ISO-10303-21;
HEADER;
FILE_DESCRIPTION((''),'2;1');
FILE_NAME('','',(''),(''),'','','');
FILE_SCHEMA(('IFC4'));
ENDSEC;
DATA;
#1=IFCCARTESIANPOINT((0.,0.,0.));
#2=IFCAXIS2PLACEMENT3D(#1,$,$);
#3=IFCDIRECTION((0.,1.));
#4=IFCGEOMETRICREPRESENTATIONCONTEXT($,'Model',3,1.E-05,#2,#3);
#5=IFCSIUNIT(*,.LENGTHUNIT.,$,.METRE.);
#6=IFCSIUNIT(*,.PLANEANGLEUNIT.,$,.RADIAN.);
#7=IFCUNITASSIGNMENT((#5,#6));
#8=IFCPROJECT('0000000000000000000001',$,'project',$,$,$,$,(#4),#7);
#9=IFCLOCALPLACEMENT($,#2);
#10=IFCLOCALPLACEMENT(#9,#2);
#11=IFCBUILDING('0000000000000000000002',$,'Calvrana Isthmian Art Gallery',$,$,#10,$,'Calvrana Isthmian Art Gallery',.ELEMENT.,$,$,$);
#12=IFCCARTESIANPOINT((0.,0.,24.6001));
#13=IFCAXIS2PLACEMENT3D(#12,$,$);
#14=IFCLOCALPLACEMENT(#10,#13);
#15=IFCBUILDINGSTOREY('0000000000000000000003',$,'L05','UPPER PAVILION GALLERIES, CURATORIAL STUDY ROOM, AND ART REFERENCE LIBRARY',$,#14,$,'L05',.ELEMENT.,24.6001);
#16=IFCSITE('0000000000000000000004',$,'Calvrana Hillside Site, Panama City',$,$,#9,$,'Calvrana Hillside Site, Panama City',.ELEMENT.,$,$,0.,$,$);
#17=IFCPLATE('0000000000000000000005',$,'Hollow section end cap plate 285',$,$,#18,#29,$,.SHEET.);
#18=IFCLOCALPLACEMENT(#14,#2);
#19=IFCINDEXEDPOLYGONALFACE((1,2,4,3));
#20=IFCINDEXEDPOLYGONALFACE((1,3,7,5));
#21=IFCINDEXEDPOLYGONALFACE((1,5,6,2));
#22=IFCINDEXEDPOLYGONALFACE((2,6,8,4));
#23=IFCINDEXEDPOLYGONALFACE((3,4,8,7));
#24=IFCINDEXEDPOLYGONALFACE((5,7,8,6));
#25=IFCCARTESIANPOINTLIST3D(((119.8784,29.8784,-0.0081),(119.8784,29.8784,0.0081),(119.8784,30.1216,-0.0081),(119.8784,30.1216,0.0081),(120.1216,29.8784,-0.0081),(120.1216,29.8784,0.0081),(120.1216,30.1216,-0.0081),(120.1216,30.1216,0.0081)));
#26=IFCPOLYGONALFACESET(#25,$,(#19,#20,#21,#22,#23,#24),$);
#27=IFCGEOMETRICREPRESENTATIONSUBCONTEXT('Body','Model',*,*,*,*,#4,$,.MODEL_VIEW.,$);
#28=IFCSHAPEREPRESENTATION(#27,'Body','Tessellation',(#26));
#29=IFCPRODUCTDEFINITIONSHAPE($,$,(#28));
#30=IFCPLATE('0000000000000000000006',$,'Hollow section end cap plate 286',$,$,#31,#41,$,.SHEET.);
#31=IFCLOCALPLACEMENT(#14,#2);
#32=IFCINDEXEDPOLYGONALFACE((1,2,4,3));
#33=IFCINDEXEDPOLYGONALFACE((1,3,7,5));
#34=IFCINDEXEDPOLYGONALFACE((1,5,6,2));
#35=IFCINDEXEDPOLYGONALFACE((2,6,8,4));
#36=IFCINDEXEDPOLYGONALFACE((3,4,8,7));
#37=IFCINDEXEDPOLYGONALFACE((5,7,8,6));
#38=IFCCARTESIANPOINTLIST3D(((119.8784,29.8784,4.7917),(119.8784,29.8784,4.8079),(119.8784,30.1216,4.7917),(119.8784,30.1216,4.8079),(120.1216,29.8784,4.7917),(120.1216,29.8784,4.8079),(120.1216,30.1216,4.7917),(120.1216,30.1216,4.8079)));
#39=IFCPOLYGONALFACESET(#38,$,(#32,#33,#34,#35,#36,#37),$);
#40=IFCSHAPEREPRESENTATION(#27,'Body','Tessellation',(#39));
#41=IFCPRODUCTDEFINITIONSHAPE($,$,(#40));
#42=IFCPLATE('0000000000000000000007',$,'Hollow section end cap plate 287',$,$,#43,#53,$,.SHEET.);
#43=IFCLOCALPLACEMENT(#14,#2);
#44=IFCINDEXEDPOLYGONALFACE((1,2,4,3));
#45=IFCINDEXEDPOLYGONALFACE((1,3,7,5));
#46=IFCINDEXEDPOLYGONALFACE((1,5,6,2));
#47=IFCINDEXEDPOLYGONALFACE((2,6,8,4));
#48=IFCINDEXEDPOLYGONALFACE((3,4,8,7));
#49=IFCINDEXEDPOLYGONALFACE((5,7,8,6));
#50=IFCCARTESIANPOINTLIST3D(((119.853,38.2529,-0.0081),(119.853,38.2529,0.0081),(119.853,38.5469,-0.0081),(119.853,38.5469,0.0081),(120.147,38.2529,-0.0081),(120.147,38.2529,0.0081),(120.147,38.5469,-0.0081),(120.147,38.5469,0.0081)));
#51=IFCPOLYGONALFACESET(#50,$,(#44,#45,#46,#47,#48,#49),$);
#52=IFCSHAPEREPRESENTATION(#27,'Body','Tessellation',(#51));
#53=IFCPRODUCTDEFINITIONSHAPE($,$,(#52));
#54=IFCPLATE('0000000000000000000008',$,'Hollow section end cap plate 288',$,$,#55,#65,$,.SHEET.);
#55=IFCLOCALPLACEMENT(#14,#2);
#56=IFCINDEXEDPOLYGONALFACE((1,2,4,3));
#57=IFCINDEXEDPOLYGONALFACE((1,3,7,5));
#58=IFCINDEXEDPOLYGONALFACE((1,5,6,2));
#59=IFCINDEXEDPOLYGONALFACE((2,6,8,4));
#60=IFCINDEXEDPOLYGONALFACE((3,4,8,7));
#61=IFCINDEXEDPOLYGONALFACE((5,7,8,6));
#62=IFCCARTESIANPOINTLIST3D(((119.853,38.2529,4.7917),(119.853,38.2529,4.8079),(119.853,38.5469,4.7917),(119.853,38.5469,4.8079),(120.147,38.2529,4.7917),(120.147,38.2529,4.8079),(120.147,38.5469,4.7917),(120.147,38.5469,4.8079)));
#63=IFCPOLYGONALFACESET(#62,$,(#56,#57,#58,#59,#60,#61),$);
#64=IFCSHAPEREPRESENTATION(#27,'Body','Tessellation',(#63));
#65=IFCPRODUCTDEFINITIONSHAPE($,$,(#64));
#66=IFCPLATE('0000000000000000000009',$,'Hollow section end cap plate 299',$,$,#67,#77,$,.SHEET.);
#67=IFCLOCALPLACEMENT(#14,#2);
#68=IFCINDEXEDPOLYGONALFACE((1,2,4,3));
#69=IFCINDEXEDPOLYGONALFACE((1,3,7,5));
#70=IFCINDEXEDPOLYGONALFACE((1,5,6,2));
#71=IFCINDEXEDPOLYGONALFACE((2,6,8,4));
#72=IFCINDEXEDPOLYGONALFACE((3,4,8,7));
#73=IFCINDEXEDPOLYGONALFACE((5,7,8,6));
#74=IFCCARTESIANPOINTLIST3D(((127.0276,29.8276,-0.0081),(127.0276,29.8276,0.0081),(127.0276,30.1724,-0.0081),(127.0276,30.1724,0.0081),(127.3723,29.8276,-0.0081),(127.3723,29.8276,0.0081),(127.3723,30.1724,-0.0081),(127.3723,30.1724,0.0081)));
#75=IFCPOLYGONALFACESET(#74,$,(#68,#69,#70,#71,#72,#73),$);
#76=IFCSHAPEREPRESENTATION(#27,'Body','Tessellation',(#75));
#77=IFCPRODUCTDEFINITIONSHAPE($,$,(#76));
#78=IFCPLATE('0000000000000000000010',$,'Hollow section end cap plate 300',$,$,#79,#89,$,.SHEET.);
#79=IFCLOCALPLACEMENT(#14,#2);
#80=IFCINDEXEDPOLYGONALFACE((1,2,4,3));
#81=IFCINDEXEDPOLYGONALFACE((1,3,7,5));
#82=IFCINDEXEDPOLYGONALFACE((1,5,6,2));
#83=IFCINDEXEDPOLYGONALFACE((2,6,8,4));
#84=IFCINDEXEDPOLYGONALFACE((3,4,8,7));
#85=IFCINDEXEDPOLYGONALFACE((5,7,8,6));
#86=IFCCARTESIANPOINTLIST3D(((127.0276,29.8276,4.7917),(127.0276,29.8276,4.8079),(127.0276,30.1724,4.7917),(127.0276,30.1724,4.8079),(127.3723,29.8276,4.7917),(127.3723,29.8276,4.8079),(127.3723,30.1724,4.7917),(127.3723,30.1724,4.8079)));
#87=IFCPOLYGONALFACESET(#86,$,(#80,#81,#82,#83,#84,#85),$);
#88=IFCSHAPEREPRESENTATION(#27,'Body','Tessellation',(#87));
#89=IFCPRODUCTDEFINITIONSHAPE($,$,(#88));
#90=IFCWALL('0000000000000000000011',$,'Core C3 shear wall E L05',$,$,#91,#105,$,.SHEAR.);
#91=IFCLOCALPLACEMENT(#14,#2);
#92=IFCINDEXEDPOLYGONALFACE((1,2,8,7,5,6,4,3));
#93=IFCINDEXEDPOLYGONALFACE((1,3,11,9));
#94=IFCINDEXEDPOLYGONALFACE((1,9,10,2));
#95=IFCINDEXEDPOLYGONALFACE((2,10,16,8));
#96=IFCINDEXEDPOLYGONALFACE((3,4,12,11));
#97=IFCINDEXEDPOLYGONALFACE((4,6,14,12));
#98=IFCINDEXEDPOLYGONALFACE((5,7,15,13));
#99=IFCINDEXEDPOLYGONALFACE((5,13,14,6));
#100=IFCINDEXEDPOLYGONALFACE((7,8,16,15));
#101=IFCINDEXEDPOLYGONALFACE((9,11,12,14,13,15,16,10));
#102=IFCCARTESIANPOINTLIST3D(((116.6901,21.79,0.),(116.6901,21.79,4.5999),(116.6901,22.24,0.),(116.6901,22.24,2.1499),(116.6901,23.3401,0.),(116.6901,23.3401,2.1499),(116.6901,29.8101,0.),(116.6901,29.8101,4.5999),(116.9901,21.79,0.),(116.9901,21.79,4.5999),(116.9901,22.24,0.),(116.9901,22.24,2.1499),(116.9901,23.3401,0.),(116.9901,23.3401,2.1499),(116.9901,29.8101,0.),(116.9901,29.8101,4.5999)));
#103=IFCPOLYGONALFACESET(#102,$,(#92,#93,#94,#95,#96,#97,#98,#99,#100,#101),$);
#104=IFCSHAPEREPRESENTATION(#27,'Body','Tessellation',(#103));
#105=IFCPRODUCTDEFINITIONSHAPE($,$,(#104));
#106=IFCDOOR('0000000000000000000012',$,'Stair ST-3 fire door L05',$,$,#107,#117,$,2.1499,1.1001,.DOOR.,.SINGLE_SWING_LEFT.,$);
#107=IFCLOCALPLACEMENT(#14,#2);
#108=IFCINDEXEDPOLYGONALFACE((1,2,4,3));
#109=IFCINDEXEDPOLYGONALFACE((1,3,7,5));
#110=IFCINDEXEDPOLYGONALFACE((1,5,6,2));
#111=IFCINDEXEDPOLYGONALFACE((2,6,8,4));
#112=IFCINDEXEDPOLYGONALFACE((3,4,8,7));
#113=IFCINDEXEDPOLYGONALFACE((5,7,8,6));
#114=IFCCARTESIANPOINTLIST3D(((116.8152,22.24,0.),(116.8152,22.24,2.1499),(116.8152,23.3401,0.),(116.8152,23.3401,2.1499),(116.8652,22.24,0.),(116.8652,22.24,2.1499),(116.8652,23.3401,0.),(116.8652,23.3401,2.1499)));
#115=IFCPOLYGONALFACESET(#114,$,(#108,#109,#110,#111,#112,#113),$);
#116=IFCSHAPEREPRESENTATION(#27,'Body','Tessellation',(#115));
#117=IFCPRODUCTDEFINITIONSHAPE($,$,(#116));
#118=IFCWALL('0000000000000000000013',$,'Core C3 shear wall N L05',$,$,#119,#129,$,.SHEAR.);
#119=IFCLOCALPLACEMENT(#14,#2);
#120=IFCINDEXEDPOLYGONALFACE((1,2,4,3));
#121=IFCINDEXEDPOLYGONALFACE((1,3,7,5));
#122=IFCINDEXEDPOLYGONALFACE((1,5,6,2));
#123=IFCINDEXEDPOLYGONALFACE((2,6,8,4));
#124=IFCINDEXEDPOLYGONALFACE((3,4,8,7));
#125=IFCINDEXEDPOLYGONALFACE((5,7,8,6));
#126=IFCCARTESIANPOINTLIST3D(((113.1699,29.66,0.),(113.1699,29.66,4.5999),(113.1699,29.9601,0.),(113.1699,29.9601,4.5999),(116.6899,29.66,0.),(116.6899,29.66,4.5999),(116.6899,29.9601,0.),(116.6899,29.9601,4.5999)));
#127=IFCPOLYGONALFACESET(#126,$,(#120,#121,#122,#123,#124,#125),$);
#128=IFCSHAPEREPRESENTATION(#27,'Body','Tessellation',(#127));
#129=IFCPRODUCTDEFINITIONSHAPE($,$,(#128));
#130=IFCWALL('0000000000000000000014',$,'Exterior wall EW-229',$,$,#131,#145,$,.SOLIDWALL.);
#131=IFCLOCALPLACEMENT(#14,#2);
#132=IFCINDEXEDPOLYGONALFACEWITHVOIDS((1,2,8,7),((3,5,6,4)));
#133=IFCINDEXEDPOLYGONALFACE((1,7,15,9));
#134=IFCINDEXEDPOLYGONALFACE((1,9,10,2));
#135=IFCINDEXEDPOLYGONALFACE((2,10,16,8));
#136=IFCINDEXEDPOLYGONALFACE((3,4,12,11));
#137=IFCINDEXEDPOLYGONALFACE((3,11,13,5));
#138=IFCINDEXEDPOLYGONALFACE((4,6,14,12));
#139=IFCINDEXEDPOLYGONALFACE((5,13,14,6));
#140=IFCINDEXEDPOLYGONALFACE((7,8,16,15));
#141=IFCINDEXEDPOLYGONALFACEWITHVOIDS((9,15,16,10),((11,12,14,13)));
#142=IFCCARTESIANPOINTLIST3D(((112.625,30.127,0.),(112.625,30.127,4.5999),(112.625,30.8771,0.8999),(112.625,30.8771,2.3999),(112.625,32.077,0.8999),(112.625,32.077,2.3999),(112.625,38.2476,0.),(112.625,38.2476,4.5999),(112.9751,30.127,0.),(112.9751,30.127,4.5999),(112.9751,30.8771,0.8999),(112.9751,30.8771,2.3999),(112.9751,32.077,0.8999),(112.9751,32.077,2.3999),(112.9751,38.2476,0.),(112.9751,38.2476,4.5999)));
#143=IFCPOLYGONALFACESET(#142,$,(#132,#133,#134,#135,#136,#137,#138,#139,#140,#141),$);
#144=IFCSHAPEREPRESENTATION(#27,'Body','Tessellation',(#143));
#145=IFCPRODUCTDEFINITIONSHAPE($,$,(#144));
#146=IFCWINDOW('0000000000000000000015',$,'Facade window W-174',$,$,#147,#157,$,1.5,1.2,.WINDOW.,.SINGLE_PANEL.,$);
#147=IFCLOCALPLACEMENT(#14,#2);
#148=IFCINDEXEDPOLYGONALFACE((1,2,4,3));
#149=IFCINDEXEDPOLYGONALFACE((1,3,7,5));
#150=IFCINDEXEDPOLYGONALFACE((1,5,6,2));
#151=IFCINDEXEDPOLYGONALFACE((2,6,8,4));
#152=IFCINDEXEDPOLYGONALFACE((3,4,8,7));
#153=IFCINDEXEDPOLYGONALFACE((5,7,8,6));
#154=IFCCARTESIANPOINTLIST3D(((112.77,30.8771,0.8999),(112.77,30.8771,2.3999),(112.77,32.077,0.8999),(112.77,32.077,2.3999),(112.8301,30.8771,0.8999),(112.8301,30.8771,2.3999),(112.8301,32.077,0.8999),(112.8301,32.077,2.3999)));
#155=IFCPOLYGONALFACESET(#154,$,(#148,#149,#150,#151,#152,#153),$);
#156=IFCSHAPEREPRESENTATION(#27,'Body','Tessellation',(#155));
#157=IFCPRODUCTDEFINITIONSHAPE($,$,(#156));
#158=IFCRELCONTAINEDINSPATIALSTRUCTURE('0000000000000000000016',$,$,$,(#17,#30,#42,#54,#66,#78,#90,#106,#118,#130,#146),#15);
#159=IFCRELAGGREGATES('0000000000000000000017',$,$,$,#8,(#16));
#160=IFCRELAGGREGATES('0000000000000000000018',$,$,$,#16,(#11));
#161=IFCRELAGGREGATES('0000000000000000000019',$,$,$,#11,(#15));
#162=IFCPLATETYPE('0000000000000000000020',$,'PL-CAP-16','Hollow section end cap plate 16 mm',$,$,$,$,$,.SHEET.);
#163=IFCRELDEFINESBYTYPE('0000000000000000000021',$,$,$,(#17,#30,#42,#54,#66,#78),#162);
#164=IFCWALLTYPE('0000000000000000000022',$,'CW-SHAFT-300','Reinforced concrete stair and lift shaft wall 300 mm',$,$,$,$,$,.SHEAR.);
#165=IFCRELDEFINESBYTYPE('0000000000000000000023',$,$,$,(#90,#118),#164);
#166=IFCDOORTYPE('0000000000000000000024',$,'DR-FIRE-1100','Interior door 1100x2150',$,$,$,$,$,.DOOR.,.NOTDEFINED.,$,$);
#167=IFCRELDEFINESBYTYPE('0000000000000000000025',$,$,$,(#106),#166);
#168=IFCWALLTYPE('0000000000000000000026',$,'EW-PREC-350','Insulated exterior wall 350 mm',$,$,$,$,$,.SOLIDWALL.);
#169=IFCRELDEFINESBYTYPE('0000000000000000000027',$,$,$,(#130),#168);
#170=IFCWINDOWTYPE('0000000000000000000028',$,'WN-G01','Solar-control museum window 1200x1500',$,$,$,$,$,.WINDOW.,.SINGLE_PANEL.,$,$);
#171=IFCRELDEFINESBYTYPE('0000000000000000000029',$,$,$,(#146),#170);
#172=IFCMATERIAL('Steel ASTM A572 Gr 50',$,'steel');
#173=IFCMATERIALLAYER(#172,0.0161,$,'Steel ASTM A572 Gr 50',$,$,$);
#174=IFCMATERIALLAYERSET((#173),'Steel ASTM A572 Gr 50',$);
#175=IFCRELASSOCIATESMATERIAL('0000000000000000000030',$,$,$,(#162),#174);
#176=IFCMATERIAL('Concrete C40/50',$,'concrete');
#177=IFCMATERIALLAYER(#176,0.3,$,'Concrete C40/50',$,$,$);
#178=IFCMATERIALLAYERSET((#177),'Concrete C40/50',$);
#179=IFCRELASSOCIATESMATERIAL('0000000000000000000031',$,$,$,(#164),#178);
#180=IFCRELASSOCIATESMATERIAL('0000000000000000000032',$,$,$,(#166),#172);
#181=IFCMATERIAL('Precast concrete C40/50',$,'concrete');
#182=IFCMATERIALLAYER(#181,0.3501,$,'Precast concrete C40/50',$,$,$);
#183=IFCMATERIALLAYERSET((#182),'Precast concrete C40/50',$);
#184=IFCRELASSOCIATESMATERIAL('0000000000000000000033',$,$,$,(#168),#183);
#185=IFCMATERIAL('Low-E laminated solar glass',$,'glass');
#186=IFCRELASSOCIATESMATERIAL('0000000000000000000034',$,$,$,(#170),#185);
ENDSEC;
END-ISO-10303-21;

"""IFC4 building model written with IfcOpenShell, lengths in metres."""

from ifc_helpers import new_model, si_unit, direction, frame, frame_2d, origin, origin_2d, place, context, subcontext, project, spatial, rectangle, extrude, material, layer, layer_set, type_object, element, fill, save


model = new_model("IFC4")

# Units and contexts
model_context = context("Model", 3, precision=1e-05, world=origin(), true_north=direction((0.0, 1.0)))
body_context = subcontext(model_context, "Body", "Model", "MODEL_VIEW")
ifc_project = project(units=[si_unit("LENGTHUNIT", "METRE"), si_unit("PLANEANGLEUNIT", "RADIAN")], contexts=[model_context])

# Site, building, storey
site_placement = place(None, origin())
site = spatial("IfcSite", under=ifc_project, at=site_placement, Name="Calvrana Hillside Site, Panama City", LongName="Calvrana Hillside Site, Panama City", CompositionType="ELEMENT", RefElevation=0.0)
building_placement = place(site_placement, origin())
building = spatial("IfcBuilding", under=site, at=building_placement, Name="Calvrana Isthmian Art Gallery", LongName="Calvrana Isthmian Art Gallery", CompositionType="ELEMENT")
storey_placement = place(building_placement, frame((0.0, 0.0, 24.6001)))
storey = spatial("IfcBuildingStorey", under=building, at=storey_placement, Name="L05", Description="UPPER PAVILION GALLERIES, CURATORIAL STUDY ROOM, AND ART REFERENCE LIBRARY", LongName="L05", CompositionType="ELEMENT", Elevation=24.6001)

# Plates
ifc_material_1 = material(Name="Steel ASTM A572 Gr 50", Category="steel")
ifc_layer_1 = layer(ifc_material_1, 0.0161, Name="Steel ASTM A572 Gr 50")
ifc_layer_set_1 = layer_set([ifc_layer_1], Name="Steel ASTM A572 Gr 50")
plate_type = type_object("IfcPlateType", Name="PL-CAP-16", Description="Hollow section end cap plate 16 mm", PredefinedType="SHEET", material=ifc_layer_set_1)
for number, where, z_axis, x_axis, name in (
    (1, (120.0, 30.0, -0.0081), (0.0, 0.0, 1.0), (1.0, 0.0, 0.0), "Hollow section end cap plate 285"),
    (2, (120.0, 30.0, 4.7917), (0.0, 0.0, 1.0), (1.0, 0.0, 0.0), "Hollow section end cap plate 286"),
):
    element("IfcPlate", number, at=place(storey_placement, frame(where, z_axis=z_axis, x_axis=x_axis)), inside=storey, type_object=plate_type, Name=name, PredefinedType="SHEET", context=body_context, shape_type="SweptSolid", body=[
        extrude(rectangle(XDim=0.2432, YDim=0.2432, at=origin_2d()), origin(), (0.0, 0.0, 1.0), 0.0161),
    ])
for number, where, z_axis, x_axis, name in (
    (3, (120.0, 38.3999, -0.0081), (0.0, 0.0, 1.0), (1.0, 0.0, 0.0), "Hollow section end cap plate 287"),
    (4, (120.0, 38.3999, 4.7917), (0.0, 0.0, 1.0), (1.0, 0.0, 0.0), "Hollow section end cap plate 288"),
):
    element("IfcPlate", number, at=place(storey_placement, frame(where, z_axis=z_axis, x_axis=x_axis)), inside=storey, type_object=plate_type, Name=name, PredefinedType="SHEET", context=body_context, shape_type="SweptSolid", body=[
        extrude(rectangle(XDim=0.2939, YDim=0.2939, at=origin_2d()), origin(), (0.0, 0.0, 1.0), 0.0161),
    ])
for number, where, z_axis, x_axis, name in (
    (5, (127.2, 30.0, -0.0081), (0.0, 0.0, 1.0), (1.0, 0.0, 0.0), "Hollow section end cap plate 299"),
    (6, (127.2, 30.0, 4.7917), (0.0, 0.0, 1.0), (1.0, 0.0, 0.0), "Hollow section end cap plate 300"),
):
    element("IfcPlate", number, at=place(storey_placement, frame(where, z_axis=z_axis, x_axis=x_axis)), inside=storey, type_object=plate_type, Name=name, PredefinedType="SHEET", context=body_context, shape_type="SweptSolid", body=[
        extrude(rectangle(XDim=0.3447, YDim=0.3447, at=origin_2d()), origin(), (0.0, 0.0, 1.0), 0.0161),
    ])

# Wall, opening, door
ifc_material_2 = material(Name="Concrete C40/50", Category="concrete")
ifc_layer_2 = layer(ifc_material_2, 0.3, Name="Concrete C40/50")
ifc_layer_set_2 = layer_set([ifc_layer_2], Name="Concrete C40/50")
wall_type_1 = type_object("IfcWallType", Name="CW-SHAFT-300", Description="Reinforced concrete stair and lift shaft wall 300 mm", PredefinedType="SHEAR", material=ifc_layer_set_2)
wall_1_placement = place(storey_placement, frame((116.8401, 21.79, 0.0), z_axis=(0.0, 0.0, 1.0), x_axis=(0.0, 1.0, 0.0)))
wall_1 = element("IfcWall", 7, at=wall_1_placement, inside=storey, type_object=wall_type_1, Name="Core C3 shear wall E L05", PredefinedType="SHEAR", context=body_context, shape_type="SweptSolid", body=[
    extrude(rectangle(XDim=8.02, YDim=0.3, at=frame_2d((4.01, 0.0))), origin(), (0.0, 0.0, 1.0), 4.5999),
])
opening_1_placement = place(wall_1_placement, frame((0.45, 0.0, 0.0)))
opening_1 = element("IfcOpeningElement", 8, at=opening_1_placement, cuts=wall_1, PredefinedType="OPENING", context=body_context, shape_type="SweptSolid", body=[
    extrude(rectangle(XDim=1.1001, YDim=2.1499, at=frame_2d((0.55, 1.075))), frame((0.0, 0.1602, 0.0), z_axis=(0.0, -1.0, 0.0), x_axis=(1.0, 0.0, 0.0)), (0.0, 0.0, 1.0), 0.3206),
])
door_type_1 = type_object("IfcDoorType", Name="DR-FIRE-1100", Description="Interior door 1100x2150", OperationType="NOTDEFINED", PredefinedType="DOOR", material=ifc_material_1)
door_1_placement = place(opening_1_placement, origin())
door_1 = element("IfcDoor", 9, at=door_1_placement, inside=storey, type_object=door_type_1, Name="Stair ST-3 fire door L05", OperationType="SINGLE_SWING_LEFT", OverallHeight=2.1499, OverallWidth=1.1001, PredefinedType="DOOR", context=body_context, shape_type="SweptSolid", body=[
    extrude(rectangle(XDim=1.1001, YDim=2.1499, at=frame_2d((0.55, 1.075))), frame((0.0, 0.0249, 0.0), z_axis=(0.0, -1.0, 0.0), x_axis=(1.0, 0.0, 0.0)), (0.0, 0.0, 1.0), 0.05),
])
fill(opening_1, door_1)

# Wall
wall_2_placement = place(storey_placement, frame((113.1699, 29.8101, 0.0), z_axis=(0.0, 0.0, 1.0), x_axis=(1.0, 0.0, 0.0)))
element("IfcWall", 10, at=wall_2_placement, inside=storey, type_object=wall_type_1, Name="Core C3 shear wall N L05", PredefinedType="SHEAR", context=body_context, shape_type="SweptSolid", body=[
    extrude(rectangle(XDim=3.52, YDim=0.3, at=frame_2d((1.76, 0.0))), origin(), (0.0, 0.0, 1.0), 4.5999),
])

# Wall, opening, window
ifc_material_3 = material(Name="Precast concrete C40/50", Category="concrete")
ifc_layer_3 = layer(ifc_material_3, 0.3501, Name="Precast concrete C40/50")
ifc_layer_set_3 = layer_set([ifc_layer_3], Name="Precast concrete C40/50")
wall_type_2 = type_object("IfcWallType", Name="EW-PREC-350", Description="Insulated exterior wall 350 mm", PredefinedType="SOLIDWALL", material=ifc_layer_set_3)
wall_3_placement = place(storey_placement, frame((112.8, 30.127, 0.0), z_axis=(0.0, 0.0, 1.0), x_axis=(0.0, 1.0, 0.0)))
wall_3 = element("IfcWall", 11, at=wall_3_placement, inside=storey, type_object=wall_type_2, Name="Exterior wall EW-229", PredefinedType="SOLIDWALL", context=body_context, shape_type="SweptSolid", body=[
    extrude(rectangle(XDim=8.1206, YDim=0.3501, at=frame_2d((4.0603, 0.0))), origin(), (0.0, 0.0, 1.0), 4.5999),
])
opening_2_placement = place(wall_3_placement, frame((0.75, 0.0, 0.8999)))
opening_2 = element("IfcOpeningElement", 12, at=opening_2_placement, cuts=wall_3, PredefinedType="OPENING", context=body_context, shape_type="SweptSolid", body=[
    extrude(rectangle(XDim=1.2, YDim=1.5, at=frame_2d((0.6001, 0.75))), frame((0.0, 0.1853, 0.0), z_axis=(0.0, -1.0, 0.0), x_axis=(1.0, 0.0, 0.0)), (0.0, 0.0, 1.0), 0.3706),
])
ifc_material_4 = material(Name="Low-E laminated solar glass", Category="glass")
window_type = type_object("IfcWindowType", Name="WN-G01", Description="Solar-control museum window 1200x1500", PartitioningType="SINGLE_PANEL", PredefinedType="WINDOW", material=ifc_material_4)
window_placement = place(opening_2_placement, origin())
window = element("IfcWindow", 13, at=window_placement, inside=storey, type_object=window_type, Name="Facade window W-174", OverallHeight=1.5, OverallWidth=1.2, PartitioningType="SINGLE_PANEL", PredefinedType="WINDOW", context=body_context, shape_type="SweptSolid", body=[
    extrude(rectangle(XDim=1.2, YDim=1.5, at=frame_2d((0.6001, 0.75))), frame((0.0, 0.03, 0.0), z_axis=(0.0, -1.0, 0.0), x_axis=(1.0, 0.0, 0.0)), (0.0, 0.0, 1.0), 0.0601),
])
fill(opening_2, window)

save(model, "model.ifc")
